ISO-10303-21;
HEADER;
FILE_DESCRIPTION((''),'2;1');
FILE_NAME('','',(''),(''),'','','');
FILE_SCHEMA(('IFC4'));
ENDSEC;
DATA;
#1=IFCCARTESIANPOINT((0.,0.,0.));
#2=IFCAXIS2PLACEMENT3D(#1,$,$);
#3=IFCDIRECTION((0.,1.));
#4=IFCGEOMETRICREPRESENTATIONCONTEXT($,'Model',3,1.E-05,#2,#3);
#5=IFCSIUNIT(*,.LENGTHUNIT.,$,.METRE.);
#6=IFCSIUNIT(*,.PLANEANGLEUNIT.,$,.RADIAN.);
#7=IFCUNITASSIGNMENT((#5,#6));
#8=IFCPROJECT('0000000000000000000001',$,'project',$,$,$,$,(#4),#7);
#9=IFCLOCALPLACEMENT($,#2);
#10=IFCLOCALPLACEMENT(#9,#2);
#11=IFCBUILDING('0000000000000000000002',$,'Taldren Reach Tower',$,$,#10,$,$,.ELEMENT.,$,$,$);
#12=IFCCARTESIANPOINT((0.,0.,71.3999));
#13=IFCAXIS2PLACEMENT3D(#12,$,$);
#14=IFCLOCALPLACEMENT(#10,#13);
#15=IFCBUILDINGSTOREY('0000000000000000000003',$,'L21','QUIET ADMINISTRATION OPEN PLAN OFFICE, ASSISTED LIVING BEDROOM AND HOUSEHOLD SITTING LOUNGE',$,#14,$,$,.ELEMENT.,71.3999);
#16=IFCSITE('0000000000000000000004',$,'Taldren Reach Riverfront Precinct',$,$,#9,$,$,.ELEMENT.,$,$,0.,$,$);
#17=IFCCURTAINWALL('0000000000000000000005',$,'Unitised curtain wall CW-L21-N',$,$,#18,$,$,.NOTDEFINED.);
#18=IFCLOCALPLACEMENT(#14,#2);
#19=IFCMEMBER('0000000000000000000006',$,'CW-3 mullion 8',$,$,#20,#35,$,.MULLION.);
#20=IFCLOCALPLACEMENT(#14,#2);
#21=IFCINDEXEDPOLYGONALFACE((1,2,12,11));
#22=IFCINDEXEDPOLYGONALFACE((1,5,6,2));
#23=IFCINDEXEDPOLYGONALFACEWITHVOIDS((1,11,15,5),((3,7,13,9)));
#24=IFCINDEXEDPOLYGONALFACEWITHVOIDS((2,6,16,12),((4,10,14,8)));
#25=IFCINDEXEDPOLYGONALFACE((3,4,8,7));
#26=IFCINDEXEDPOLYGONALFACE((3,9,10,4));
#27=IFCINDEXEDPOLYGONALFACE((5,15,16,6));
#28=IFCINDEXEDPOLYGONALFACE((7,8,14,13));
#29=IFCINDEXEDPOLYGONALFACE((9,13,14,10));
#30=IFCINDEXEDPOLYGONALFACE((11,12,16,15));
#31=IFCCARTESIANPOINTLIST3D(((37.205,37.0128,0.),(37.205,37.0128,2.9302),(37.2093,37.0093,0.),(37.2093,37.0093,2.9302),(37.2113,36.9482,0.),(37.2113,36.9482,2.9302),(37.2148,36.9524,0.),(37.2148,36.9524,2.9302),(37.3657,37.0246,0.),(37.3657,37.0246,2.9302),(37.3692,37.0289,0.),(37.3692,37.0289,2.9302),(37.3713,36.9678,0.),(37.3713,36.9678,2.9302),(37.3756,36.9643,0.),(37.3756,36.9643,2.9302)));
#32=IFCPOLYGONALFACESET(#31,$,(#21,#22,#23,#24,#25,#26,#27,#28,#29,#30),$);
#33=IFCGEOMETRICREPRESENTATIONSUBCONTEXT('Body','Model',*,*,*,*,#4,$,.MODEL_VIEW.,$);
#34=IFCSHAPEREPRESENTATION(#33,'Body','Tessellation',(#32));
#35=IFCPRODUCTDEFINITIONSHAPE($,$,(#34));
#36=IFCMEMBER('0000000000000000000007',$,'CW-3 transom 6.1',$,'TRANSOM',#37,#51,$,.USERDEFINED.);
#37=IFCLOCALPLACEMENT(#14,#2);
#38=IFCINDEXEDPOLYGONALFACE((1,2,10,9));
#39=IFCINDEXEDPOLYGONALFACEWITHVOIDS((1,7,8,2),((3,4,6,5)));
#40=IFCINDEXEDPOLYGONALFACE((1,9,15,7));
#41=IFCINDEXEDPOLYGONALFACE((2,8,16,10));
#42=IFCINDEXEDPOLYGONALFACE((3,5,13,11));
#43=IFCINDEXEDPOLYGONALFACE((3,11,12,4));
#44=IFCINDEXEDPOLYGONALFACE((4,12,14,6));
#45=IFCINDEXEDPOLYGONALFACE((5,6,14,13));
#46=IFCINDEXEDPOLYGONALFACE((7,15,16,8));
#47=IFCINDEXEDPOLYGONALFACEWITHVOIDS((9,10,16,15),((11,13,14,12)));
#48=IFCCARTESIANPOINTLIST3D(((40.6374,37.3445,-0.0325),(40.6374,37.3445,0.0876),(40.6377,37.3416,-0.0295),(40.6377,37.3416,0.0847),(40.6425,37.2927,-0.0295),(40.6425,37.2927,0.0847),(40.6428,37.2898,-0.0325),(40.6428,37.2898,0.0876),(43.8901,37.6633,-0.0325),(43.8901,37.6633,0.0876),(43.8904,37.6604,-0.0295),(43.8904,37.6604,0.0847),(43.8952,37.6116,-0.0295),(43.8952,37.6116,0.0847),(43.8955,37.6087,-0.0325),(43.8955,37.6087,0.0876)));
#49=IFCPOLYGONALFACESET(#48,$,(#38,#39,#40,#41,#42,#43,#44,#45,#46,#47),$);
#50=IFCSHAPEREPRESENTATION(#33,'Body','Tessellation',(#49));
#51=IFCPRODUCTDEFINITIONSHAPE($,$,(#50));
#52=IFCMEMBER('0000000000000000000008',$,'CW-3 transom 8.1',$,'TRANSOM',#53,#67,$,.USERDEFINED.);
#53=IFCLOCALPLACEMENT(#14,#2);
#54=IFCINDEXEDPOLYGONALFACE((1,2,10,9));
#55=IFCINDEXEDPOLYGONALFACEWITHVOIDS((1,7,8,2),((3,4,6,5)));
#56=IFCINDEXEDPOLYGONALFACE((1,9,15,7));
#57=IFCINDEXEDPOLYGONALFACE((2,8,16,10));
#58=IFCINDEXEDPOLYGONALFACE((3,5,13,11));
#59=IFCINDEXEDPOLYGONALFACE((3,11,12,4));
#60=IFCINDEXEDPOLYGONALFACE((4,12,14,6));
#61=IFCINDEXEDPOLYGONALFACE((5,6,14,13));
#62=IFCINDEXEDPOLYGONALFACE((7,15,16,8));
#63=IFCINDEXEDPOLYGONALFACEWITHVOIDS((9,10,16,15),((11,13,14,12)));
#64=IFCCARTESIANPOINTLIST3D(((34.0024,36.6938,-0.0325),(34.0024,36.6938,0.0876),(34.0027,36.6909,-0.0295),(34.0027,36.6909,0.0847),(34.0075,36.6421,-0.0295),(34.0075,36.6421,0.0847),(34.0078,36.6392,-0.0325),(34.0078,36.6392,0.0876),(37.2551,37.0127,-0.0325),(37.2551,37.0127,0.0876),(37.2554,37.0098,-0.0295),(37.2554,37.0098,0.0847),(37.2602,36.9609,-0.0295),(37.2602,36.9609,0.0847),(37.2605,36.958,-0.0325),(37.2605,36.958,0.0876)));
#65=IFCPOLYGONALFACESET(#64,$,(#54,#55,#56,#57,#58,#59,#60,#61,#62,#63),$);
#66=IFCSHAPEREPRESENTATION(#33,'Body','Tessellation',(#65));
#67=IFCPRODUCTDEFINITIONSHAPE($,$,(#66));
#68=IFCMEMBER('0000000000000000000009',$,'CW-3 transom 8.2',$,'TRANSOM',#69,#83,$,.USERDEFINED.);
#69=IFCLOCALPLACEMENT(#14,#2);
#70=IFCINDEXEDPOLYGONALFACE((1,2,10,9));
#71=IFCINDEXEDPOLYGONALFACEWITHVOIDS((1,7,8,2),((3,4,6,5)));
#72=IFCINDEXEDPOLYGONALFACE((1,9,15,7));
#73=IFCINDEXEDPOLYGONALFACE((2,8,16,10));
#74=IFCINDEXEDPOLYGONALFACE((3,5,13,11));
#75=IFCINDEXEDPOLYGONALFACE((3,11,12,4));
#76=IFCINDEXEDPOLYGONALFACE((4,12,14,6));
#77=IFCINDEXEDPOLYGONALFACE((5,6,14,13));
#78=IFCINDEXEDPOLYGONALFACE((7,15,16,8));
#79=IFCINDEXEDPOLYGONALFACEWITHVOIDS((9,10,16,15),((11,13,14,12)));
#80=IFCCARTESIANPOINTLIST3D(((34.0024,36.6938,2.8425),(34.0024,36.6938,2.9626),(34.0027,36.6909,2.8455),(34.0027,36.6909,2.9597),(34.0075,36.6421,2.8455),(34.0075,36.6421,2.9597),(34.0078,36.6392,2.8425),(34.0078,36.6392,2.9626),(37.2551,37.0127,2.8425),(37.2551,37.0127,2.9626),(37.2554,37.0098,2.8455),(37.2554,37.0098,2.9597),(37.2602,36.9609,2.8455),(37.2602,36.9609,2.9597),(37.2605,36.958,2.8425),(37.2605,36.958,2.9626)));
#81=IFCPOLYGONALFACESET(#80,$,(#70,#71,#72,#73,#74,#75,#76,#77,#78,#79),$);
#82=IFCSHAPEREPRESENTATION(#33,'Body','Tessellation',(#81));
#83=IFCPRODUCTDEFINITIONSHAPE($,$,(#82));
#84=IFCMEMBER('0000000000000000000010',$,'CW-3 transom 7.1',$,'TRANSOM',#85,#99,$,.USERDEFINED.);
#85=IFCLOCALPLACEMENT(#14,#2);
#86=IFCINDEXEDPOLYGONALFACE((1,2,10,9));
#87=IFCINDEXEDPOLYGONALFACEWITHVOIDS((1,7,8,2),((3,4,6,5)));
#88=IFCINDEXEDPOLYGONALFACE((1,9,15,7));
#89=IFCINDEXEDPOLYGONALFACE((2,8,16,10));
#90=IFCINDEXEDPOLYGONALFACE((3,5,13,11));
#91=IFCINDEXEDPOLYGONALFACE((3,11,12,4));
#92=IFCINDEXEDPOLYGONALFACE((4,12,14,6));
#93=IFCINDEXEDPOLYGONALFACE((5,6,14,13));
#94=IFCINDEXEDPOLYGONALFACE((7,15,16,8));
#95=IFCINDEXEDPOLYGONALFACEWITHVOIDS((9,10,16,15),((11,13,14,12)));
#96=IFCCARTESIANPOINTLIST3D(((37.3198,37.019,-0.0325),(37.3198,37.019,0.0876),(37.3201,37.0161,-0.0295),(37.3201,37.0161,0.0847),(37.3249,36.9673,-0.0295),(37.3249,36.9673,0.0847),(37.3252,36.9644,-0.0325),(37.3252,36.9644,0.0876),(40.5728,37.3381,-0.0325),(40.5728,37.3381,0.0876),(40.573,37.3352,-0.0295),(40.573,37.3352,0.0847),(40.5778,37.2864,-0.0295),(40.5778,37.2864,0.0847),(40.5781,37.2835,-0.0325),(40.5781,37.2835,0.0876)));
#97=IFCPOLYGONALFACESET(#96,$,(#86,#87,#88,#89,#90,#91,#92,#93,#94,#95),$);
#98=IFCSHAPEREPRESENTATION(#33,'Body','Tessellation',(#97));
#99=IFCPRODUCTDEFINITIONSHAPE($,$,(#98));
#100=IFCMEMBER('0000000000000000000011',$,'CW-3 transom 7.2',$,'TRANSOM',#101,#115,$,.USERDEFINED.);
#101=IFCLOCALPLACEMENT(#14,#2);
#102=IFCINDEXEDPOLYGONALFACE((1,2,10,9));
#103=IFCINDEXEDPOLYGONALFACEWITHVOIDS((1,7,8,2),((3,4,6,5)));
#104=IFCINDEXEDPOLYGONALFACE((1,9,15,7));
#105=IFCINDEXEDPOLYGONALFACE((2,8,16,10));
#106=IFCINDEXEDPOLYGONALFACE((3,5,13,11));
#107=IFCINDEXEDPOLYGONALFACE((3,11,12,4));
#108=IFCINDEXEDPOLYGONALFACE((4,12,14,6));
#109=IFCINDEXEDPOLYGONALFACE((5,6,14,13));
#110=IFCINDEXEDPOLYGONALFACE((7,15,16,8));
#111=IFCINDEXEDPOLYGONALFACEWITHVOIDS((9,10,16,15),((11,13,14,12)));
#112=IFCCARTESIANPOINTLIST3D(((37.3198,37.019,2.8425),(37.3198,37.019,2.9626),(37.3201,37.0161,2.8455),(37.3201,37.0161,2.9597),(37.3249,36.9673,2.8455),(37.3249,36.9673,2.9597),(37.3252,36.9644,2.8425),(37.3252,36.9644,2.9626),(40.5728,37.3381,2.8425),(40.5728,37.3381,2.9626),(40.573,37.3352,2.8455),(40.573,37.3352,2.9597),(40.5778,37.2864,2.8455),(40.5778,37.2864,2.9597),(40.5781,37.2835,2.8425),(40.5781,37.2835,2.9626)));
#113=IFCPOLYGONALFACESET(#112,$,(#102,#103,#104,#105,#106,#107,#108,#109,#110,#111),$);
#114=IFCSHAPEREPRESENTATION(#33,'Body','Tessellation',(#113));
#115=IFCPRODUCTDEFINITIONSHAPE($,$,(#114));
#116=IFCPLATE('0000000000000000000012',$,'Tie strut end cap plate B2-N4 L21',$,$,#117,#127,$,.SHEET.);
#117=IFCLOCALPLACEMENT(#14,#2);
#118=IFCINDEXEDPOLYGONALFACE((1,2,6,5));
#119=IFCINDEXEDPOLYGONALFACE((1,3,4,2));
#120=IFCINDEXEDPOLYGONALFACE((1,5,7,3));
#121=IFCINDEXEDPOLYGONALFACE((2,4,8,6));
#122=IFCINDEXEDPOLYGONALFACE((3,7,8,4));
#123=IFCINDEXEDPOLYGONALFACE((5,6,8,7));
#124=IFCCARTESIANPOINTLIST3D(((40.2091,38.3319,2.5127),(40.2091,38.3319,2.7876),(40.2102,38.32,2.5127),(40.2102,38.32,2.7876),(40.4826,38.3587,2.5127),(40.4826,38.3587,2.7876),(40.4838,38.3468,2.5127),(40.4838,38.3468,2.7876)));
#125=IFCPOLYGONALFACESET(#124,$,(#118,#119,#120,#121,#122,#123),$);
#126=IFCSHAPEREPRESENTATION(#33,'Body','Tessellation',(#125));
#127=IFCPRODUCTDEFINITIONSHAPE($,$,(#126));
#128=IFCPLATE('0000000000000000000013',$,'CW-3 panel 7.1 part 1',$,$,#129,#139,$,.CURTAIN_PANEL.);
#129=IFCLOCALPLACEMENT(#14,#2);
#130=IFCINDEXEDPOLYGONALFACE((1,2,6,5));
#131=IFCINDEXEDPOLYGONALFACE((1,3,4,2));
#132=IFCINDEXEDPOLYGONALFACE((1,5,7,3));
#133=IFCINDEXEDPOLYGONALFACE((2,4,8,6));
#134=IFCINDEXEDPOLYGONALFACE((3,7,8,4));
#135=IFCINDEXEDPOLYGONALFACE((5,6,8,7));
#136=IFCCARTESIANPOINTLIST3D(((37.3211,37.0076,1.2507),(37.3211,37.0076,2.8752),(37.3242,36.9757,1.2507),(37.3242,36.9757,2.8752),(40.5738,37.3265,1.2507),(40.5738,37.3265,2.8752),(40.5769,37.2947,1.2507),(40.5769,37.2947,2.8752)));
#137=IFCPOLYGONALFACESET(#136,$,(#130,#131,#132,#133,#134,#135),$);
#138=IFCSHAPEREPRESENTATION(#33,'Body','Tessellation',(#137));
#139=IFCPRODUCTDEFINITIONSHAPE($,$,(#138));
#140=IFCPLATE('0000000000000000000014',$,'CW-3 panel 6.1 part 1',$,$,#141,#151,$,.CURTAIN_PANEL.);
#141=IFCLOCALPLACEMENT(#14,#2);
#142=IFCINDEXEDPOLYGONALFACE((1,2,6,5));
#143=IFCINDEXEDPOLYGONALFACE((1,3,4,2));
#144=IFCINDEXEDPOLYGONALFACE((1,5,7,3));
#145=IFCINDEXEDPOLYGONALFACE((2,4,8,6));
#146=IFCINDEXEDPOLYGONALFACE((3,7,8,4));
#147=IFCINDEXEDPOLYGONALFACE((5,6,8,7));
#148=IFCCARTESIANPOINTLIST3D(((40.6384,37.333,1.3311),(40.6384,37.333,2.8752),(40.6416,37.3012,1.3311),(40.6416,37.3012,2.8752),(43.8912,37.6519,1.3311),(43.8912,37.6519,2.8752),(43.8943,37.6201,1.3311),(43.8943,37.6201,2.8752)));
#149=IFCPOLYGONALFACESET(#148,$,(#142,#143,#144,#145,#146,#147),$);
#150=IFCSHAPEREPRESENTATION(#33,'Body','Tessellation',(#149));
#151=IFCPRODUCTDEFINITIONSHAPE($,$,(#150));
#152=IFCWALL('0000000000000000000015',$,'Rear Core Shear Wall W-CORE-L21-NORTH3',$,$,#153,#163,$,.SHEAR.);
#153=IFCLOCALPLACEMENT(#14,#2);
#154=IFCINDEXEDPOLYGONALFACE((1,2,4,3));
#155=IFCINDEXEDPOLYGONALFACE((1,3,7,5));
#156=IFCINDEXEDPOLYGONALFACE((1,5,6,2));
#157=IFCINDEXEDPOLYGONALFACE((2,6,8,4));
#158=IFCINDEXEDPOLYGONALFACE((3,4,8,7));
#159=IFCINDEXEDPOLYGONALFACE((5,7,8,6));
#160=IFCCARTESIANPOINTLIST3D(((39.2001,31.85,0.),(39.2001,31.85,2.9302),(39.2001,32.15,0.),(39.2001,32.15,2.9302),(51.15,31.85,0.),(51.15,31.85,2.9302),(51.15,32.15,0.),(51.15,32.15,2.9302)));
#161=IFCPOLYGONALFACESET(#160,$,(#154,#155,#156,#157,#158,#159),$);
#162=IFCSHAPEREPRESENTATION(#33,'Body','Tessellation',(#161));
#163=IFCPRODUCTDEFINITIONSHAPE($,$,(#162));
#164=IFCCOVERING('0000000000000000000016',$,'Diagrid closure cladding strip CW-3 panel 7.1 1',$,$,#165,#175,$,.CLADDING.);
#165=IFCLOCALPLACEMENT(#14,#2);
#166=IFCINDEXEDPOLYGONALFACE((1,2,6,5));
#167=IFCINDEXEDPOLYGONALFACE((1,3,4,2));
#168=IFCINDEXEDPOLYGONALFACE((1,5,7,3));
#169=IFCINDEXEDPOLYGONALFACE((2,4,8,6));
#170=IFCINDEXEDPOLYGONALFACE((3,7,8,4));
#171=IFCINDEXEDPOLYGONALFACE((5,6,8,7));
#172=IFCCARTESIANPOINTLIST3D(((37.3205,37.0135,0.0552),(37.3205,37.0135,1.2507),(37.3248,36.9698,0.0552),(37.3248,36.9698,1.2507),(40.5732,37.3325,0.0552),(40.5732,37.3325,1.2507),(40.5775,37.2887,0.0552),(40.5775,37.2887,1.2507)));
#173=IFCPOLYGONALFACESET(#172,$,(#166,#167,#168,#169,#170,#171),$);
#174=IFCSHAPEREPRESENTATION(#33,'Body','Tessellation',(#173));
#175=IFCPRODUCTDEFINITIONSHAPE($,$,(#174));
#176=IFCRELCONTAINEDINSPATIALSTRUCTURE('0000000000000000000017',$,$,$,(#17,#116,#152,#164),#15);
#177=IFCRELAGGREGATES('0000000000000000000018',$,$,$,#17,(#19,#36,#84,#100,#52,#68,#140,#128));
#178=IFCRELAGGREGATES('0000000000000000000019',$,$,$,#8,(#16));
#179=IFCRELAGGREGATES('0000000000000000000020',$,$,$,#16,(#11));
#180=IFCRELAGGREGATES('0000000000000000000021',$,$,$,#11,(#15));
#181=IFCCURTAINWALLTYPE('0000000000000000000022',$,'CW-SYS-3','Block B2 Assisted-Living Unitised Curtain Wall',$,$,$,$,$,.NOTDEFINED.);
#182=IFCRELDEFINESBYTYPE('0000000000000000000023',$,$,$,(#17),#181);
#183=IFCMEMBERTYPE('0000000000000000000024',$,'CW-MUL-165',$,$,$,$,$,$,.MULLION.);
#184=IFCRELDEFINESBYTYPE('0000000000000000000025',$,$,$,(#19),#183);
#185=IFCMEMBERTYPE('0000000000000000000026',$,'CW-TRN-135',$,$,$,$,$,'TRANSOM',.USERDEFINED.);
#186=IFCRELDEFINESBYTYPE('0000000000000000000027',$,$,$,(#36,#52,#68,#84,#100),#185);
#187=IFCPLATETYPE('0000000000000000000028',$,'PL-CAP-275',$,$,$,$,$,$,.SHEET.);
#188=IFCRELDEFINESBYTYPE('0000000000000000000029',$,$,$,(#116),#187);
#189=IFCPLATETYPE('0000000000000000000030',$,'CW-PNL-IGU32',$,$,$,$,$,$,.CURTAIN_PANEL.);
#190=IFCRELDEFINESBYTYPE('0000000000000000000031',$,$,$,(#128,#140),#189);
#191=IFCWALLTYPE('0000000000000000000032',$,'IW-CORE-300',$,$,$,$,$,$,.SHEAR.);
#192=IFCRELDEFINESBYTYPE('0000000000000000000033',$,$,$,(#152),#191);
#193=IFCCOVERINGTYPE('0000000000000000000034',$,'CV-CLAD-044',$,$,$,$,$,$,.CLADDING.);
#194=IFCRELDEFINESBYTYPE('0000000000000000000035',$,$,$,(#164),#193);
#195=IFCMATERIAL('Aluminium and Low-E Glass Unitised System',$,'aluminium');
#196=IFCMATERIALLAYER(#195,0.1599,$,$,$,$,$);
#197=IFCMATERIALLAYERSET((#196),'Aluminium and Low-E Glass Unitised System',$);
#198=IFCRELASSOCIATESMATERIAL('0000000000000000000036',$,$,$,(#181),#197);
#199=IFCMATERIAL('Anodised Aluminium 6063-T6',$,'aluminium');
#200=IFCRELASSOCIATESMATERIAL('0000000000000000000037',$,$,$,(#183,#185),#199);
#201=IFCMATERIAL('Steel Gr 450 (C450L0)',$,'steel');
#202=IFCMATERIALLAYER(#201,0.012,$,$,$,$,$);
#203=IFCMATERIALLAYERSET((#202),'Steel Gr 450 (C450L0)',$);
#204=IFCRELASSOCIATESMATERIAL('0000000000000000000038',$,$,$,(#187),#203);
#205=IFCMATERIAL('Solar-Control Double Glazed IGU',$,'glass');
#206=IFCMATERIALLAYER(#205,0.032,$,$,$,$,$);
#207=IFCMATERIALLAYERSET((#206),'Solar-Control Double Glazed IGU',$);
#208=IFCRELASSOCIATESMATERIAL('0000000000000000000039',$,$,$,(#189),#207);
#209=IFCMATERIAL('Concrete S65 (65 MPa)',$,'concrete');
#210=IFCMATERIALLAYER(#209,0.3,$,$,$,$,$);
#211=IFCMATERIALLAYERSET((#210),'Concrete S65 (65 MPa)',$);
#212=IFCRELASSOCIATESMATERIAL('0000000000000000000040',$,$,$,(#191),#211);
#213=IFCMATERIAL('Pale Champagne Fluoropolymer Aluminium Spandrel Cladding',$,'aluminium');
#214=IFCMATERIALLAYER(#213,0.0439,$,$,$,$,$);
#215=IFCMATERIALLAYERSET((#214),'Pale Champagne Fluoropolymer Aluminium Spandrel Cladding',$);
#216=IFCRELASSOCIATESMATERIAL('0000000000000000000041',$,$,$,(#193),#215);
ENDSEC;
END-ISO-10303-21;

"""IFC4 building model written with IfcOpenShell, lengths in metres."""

from ifc_helpers import new_model, si_unit, direction, frame, frame_2d, origin, origin_2d, place, context, subcontext, project, spatial, rectangle, hollow_rectangle, extrude, source, transform, mapped, material, layer, layer_set, material_profile, profile_set, type_object, element, aggregate, save


model = new_model("IFC4")

# Units and contexts
model_context = context("Model", 3, precision=1e-05, world=origin(), true_north=direction((0.0, 1.0)))
body_context = subcontext(model_context, "Body", "Model", "MODEL_VIEW")
ifc_project = project(units=[si_unit("LENGTHUNIT", "METRE"), si_unit("PLANEANGLEUNIT", "RADIAN")], contexts=[model_context])

# Site, building, storey
site_placement = place(None, origin())
site = spatial("IfcSite", under=ifc_project, at=site_placement, Name="Taldren Reach Riverfront Precinct", CompositionType="ELEMENT", RefElevation=0.0)
building_placement = place(site_placement, origin())
building = spatial("IfcBuilding", under=site, at=building_placement, Name="Taldren Reach Tower", CompositionType="ELEMENT")
storey_placement = place(building_placement, frame((0.0, 0.0, 71.3999)))
storey = spatial("IfcBuildingStorey", under=building, at=storey_placement, Name="L21", Description="QUIET ADMINISTRATION OPEN PLAN OFFICE, ASSISTED LIVING BEDROOM AND HOUSEHOLD SITTING LOUNGE", CompositionType="ELEMENT", Elevation=71.3999)

# Shared definitions
ifc_material_1 = material(Name="Steel Gr 450 (C450L0)", Category="steel")

# Curtain wall, members
ifc_material_2 = material(Name="Aluminium and Low-E Glass Unitised System", Category="aluminium")
ifc_layer_1 = layer(ifc_material_2, 0.1599)
ifc_layer_set_1 = layer_set([ifc_layer_1], Name="Aluminium and Low-E Glass Unitised System")
curtain_wall_type = type_object("IfcCurtainWallType", Name="CW-SYS-3", Description="Block B2 Assisted-Living Unitised Curtain Wall", PredefinedType="NOTDEFINED", material=ifc_layer_set_1)
curtain_wall_placement = place(storey_placement, origin())
curtain_wall = element("IfcCurtainWall", 1, at=curtain_wall_placement, inside=storey, type_object=curtain_wall_type, Name="Unitised curtain wall CW-L21-N", PredefinedType="NOTDEFINED")
ifc_material_3 = material(Name="Anodised Aluminium 6063-T6", Category="aluminium")
ifc_material_profile_1 = material_profile(ifc_material_3, hollow_rectangle(XDim=0.0649, YDim=0.165, WallThickness=0.0039, at=origin_2d()), Name="ALU-165x65x4RHS")
ifc_profile_set_1 = profile_set([ifc_material_profile_1], Name="Anodised Aluminium 6063-T6")
member_type_1 = type_object("IfcMemberType", Name="CW-MUL-165", PredefinedType="MULLION", material=ifc_profile_set_1)
shared_shape_1 = source(origin(), body_context, "Body", "SweptSolid", [
    extrude(hollow_rectangle(XDim=0.0649, YDim=0.165, WallThickness=0.0039, at=origin_2d()), origin(), (0.0, 0.0, 1.0), 2.9302),
])
member_1_placement = place(storey_placement, frame((37.2903, 36.9885, 0.0), z_axis=(0.0, 0.0, 1.0), x_axis=(0.097583, -0.995227, 0.0)))
member_1 = element("IfcMember", 2, at=member_1_placement, type_object=member_type_1, Name="CW-3 mullion 8", PredefinedType="MULLION", context=body_context, shape_type="MappedRepresentation", body=[
    mapped(shared_shape_1, transform((0.0, 0.0, 0.0), scale=1.0)),
])
ifc_material_profile_2 = material_profile(ifc_material_3, hollow_rectangle(XDim=0.0549, YDim=0.1201, WallThickness=0.0029, at=origin_2d()), Name="ALU-120x55x3RHS")
ifc_profile_set_2 = profile_set([ifc_material_profile_2], Name="Anodised Aluminium 6063-T6")
member_type_2 = type_object("IfcMemberType", Name="CW-TRN-135", ElementType="TRANSOM", PredefinedType="USERDEFINED", material=ifc_profile_set_2)
shared_shape_2 = source(origin(), body_context, "Body", "SweptSolid", [
    extrude(hollow_rectangle(XDim=0.0549, YDim=0.1201, WallThickness=0.0029, at=origin_2d()), origin(), (0.0, 0.0, 1.0), 3.2683),
])
member_2_placement = place(storey_placement, frame((43.8928, 37.636, 0.0276), z_axis=(-0.99523, -0.097558, 0.0), x_axis=(0.097558, -0.99523, 0.0)))
member_2 = element("IfcMember", 3, at=member_2_placement, type_object=member_type_2, Name="CW-3 transom 6.1", ObjectType="TRANSOM", PredefinedType="USERDEFINED", context=body_context, shape_type="MappedRepresentation", body=[
    mapped(shared_shape_2, transform((0.0, 0.0, 0.0), scale=1.0)),
])
member_3_placement = place(storey_placement, frame((37.2578, 36.9854, 0.0276), z_axis=(-0.99523, -0.097558, 0.0), x_axis=(0.097558, -0.99523, 0.0)))
member_3 = element("IfcMember", 4, at=member_3_placement, type_object=member_type_2, Name="CW-3 transom 8.1", ObjectType="TRANSOM", PredefinedType="USERDEFINED", context=body_context, shape_type="MappedRepresentation", body=[
    mapped(shared_shape_2, transform((0.0, 0.0, 0.0), scale=1.0)),
])
member_4_placement = place(storey_placement, frame((37.2578, 36.9854, 2.9026), z_axis=(-0.99523, -0.097558, 0.0), x_axis=(0.097558, -0.99523, 0.0)))
member_4 = element("IfcMember", 5, at=member_4_placement, type_object=member_type_2, Name="CW-3 transom 8.2", ObjectType="TRANSOM", PredefinedType="USERDEFINED", context=body_context, shape_type="MappedRepresentation", body=[
    mapped(shared_shape_2, transform((0.0, 0.0, 0.0), scale=1.0)),
])
shared_shape_3 = source(origin(), body_context, "Body", "SweptSolid", [
    extrude(hollow_rectangle(XDim=0.0549, YDim=0.1201, WallThickness=0.0029, at=origin_2d()), origin(), (0.0, 0.0, 1.0), 3.2686),
])
member_5_placement = place(storey_placement, frame((40.5754, 37.3108, 0.0276), z_axis=(-0.995223, -0.097625, 0.0), x_axis=(0.097625, -0.995223, 0.0)))
member_5 = element("IfcMember", 6, at=member_5_placement, type_object=member_type_2, Name="CW-3 transom 7.1", ObjectType="TRANSOM", PredefinedType="USERDEFINED", context=body_context, shape_type="MappedRepresentation", body=[
    mapped(shared_shape_3, transform((0.0, 0.0, 0.0), scale=1.0)),
])
member_6_placement = place(storey_placement, frame((40.5754, 37.3108, 2.9026), z_axis=(-0.995223, -0.097625, 0.0), x_axis=(0.097625, -0.995223, 0.0)))
member_6 = element("IfcMember", 7, at=member_6_placement, type_object=member_type_2, Name="CW-3 transom 7.2", ObjectType="TRANSOM", PredefinedType="USERDEFINED", context=body_context, shape_type="MappedRepresentation", body=[
    mapped(shared_shape_3, transform((0.0, 0.0, 0.0), scale=1.0)),
])

# Plates
ifc_layer_2 = layer(ifc_material_1, 0.012)
ifc_layer_set_2 = layer_set([ifc_layer_2], Name="Steel Gr 450 (C450L0)")
plate_type_1 = type_object("IfcPlateType", Name="PL-CAP-275", PredefinedType="SHEET", material=ifc_layer_set_2)
shared_shape_4 = source(origin(), body_context, "Body", "SweptSolid", [
    extrude(rectangle(XDim=0.2749, YDim=0.012, at=origin_2d()), origin(), (0.0, 0.0, 1.0), 0.2749),
])
plate_1_placement = place(storey_placement, frame((40.3464, 38.3394, 2.5127), z_axis=(0.0, 0.0, 1.0), x_axis=(0.995227, 0.097583, 0.0)))
element("IfcPlate", 8, at=plate_1_placement, inside=storey, type_object=plate_type_1, Name="Tie strut end cap plate B2-N4 L21", PredefinedType="SHEET", context=body_context, shape_type="MappedRepresentation", body=[
    mapped(shared_shape_4, transform((0.0, 0.0, 0.0), scale=1.0)),
])
ifc_material_4 = material(Name="Solar-Control Double Glazed IGU", Category="glass")
ifc_layer_3 = layer(ifc_material_4, 0.032)
ifc_layer_set_3 = layer_set([ifc_layer_3], Name="Solar-Control Double Glazed IGU")
plate_type_2 = type_object("IfcPlateType", Name="CW-PNL-IGU32", PredefinedType="CURTAIN_PANEL", material=ifc_layer_set_3)
shared_shape_5 = source(origin(), body_context, "Body", "SweptSolid", [
    extrude(rectangle(XDim=3.2683, YDim=0.032, at=origin_2d()), origin(), (0.0, 0.0, 1.0), 1.6245),
])
plate_2_placement = place(storey_placement, frame((38.949, 37.1511, 1.2507), z_axis=(0.0, 0.0, 1.0), x_axis=(-0.995227, -0.097583, 0.0)))
plate_2 = element("IfcPlate", 9, at=plate_2_placement, type_object=plate_type_2, Name="CW-3 panel 7.1 part 1", PredefinedType="CURTAIN_PANEL", context=body_context, shape_type="MappedRepresentation", body=[
    mapped(shared_shape_5, transform((0.0, 0.0, 0.0), scale=1.0)),
])
shared_shape_6 = source(origin(), body_context, "Body", "SweptSolid", [
    extrude(rectangle(XDim=3.2683, YDim=0.032, at=origin_2d()), origin(), (0.0, 0.0, 1.0), 1.5442),
])
plate_3_placement = place(storey_placement, frame((42.2664, 37.4766, 1.3311), z_axis=(0.0, 0.0, 1.0), x_axis=(-0.995227, -0.097583, 0.0)))
plate_3 = element("IfcPlate", 10, at=plate_3_placement, type_object=plate_type_2, Name="CW-3 panel 6.1 part 1", PredefinedType="CURTAIN_PANEL", context=body_context, shape_type="MappedRepresentation", body=[
    mapped(shared_shape_6, transform((0.0, 0.0, 0.0), scale=1.0)),
])
aggregate(curtain_wall, [member_1, member_2, member_5, member_6, member_3, member_4, plate_3, plate_2])

# Wall
ifc_material_5 = material(Name="Concrete S65 (65 MPa)", Category="concrete")
ifc_layer_4 = layer(ifc_material_5, 0.3)
ifc_layer_set_4 = layer_set([ifc_layer_4], Name="Concrete S65 (65 MPa)")
wall_type = type_object("IfcWallType", Name="IW-CORE-300", PredefinedType="SHEAR", material=ifc_layer_set_4)
shared_shape_7 = source(origin(), body_context, "Body", "SweptSolid", [
    extrude(rectangle(XDim=11.95, YDim=0.3, at=frame_2d((5.9751, 0.0))), origin(), (0.0, 0.0, 1.0), 2.9302),
])
wall_placement = place(storey_placement, frame((39.2, 32.0, 0.0), z_axis=(0.0, 0.0, 1.0), x_axis=(1.0, 0.0, 0.0)))
element("IfcWall", 11, at=wall_placement, inside=storey, type_object=wall_type, Name="Rear Core Shear Wall W-CORE-L21-NORTH3", PredefinedType="SHEAR", context=body_context, shape_type="MappedRepresentation", body=[
    mapped(shared_shape_7, transform((0.0, 0.0, 0.0), scale=1.0)),
])

# Covering
ifc_material_6 = material(Name="Pale Champagne Fluoropolymer Aluminium Spandrel Cladding", Category="aluminium")
ifc_layer_5 = layer(ifc_material_6, 0.0439)
ifc_layer_set_5 = layer_set([ifc_layer_5], Name="Pale Champagne Fluoropolymer Aluminium Spandrel Cladding")
covering_type = type_object("IfcCoveringType", Name="CV-CLAD-044", PredefinedType="CLADDING", material=ifc_layer_set_5)
shared_shape_8 = source(origin(), body_context, "Body", "SweptSolid", [
    extrude(rectangle(XDim=3.2683, YDim=0.0439, at=origin_2d()), origin(), (0.0, 0.0, 1.0), 1.1956),
])
covering_1_placement = place(storey_placement, frame((38.949, 37.1511, 0.0552), z_axis=(0.0, 0.0, 1.0), x_axis=(-0.995227, -0.097583, 0.0)))
element("IfcCovering", 12, at=covering_1_placement, inside=storey, type_object=covering_type, Name="Diagrid closure cladding strip CW-3 panel 7.1 1", PredefinedType="CLADDING", context=body_context, shape_type="MappedRepresentation", body=[
    mapped(shared_shape_8, transform((0.0, 0.0, 0.0), scale=1.0)),
])

save(model, "model.ifc")
